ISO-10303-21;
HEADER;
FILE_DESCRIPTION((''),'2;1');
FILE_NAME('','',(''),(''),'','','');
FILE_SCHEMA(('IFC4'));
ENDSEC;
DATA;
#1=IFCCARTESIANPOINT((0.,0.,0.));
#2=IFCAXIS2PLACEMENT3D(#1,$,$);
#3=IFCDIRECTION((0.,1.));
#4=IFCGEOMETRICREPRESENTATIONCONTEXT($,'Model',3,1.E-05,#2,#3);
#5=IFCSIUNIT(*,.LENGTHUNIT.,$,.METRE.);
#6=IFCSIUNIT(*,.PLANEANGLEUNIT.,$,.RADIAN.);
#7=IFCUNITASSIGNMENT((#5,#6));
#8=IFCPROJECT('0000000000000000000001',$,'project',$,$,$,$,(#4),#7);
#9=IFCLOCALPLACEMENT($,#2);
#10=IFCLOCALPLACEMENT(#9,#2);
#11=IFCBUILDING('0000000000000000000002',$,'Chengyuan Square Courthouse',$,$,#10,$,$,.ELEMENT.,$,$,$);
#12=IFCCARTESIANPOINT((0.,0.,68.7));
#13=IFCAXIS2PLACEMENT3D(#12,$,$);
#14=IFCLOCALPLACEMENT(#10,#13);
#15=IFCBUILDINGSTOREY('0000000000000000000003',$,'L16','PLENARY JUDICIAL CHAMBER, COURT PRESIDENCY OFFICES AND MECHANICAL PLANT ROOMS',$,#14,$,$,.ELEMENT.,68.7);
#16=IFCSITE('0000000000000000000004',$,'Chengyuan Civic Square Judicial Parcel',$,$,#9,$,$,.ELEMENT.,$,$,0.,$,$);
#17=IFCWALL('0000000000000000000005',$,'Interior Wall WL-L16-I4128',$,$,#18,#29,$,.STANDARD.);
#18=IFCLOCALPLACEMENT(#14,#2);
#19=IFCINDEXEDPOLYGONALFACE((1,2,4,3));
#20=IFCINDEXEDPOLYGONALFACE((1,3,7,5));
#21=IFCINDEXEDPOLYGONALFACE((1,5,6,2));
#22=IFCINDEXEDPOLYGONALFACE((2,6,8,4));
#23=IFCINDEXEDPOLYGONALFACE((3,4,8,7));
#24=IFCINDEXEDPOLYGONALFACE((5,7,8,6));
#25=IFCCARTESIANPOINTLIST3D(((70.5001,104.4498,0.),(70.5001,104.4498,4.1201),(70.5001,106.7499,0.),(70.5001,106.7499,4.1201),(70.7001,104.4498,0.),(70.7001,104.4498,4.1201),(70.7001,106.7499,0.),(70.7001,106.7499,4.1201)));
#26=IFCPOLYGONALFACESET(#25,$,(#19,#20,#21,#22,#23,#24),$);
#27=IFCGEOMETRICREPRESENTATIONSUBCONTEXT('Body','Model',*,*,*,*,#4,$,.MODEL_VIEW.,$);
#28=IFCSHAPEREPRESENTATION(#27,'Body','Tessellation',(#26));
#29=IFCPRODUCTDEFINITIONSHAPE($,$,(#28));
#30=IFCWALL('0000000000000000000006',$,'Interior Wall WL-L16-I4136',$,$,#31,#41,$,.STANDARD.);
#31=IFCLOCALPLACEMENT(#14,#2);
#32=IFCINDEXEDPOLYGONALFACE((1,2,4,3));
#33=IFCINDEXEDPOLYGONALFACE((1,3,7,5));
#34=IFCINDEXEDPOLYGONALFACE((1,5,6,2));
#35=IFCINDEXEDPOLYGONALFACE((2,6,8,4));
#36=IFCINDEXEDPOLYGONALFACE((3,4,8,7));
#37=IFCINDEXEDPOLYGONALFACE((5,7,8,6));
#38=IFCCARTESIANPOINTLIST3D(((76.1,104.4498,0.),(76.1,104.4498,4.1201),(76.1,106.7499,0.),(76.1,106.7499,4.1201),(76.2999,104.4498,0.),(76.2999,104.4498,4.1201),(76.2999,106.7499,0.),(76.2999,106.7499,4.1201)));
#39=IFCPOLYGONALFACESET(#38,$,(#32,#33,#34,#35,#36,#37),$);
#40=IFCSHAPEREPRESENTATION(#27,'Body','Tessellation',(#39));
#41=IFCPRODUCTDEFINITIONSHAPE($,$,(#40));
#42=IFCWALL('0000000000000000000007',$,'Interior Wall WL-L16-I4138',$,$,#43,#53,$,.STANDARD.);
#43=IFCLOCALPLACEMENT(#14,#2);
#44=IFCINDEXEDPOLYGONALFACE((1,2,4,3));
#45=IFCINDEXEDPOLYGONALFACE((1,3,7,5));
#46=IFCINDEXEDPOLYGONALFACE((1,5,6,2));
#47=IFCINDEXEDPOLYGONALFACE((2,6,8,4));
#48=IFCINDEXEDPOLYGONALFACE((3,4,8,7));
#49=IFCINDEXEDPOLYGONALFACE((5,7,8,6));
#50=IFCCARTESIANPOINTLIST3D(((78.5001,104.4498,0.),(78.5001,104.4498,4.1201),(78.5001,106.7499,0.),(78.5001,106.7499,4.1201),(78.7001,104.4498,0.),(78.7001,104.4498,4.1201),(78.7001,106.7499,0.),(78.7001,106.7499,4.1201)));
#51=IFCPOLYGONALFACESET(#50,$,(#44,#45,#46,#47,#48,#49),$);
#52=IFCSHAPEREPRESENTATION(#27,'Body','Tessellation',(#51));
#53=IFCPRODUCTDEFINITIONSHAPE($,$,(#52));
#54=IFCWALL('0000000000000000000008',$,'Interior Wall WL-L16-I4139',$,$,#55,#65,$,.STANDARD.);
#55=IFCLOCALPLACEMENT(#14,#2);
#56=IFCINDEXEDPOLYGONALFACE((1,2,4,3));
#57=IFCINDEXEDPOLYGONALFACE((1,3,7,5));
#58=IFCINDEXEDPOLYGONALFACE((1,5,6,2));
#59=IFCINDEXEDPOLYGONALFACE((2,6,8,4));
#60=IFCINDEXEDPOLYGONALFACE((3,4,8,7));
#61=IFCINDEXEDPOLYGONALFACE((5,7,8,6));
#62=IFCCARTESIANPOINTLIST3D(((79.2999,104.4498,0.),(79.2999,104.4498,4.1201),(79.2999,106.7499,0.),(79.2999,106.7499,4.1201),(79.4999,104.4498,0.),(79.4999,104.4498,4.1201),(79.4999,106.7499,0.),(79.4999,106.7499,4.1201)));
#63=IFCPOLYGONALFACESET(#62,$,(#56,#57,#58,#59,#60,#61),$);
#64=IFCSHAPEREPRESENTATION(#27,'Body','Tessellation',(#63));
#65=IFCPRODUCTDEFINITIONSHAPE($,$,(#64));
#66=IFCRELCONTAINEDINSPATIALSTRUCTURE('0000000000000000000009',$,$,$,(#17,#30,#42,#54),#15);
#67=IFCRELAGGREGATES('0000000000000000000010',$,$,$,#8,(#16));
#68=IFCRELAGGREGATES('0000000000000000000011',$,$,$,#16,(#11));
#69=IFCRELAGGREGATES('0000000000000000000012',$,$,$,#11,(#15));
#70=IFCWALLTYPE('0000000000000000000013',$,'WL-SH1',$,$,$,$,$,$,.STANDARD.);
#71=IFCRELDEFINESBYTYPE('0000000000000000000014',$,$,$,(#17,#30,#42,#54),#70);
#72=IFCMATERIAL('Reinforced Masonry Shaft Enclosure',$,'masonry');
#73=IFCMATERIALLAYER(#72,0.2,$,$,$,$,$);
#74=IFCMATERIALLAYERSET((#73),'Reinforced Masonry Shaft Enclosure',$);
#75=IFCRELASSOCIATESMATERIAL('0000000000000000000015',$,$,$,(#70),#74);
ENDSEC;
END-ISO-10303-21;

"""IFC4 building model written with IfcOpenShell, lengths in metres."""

from ifc_helpers import new_model, si_unit, direction, frame, frame_2d, origin, place, context, subcontext, project, spatial, rectangle, extrude, material, layer, layer_set, type_object, element, save


model = new_model("IFC4")

# Units and contexts
model_context = context("Model", 3, precision=1e-05, world=origin(), true_north=direction((0.0, 1.0)))
body_context = subcontext(model_context, "Body", "Model", "MODEL_VIEW")
ifc_project = project(units=[si_unit("LENGTHUNIT", "METRE"), si_unit("PLANEANGLEUNIT", "RADIAN")], contexts=[model_context])

# Site, building, storey
site_placement = place(None, origin())
site = spatial("IfcSite", under=ifc_project, at=site_placement, Name="Chengyuan Civic Square Judicial Parcel", CompositionType="ELEMENT", RefElevation=0.0)
building_placement = place(site_placement, origin())
building = spatial("IfcBuilding", under=site, at=building_placement, Name="Chengyuan Square Courthouse", CompositionType="ELEMENT")
storey_placement = place(building_placement, frame((0.0, 0.0, 68.7)))
storey = spatial("IfcBuildingStorey", under=building, at=storey_placement, Name="L16", Description="PLENARY JUDICIAL CHAMBER, COURT PRESIDENCY OFFICES AND MECHANICAL PLANT ROOMS", CompositionType="ELEMENT", Elevation=68.7)

# Shared definitions
ifc_material_1 = material(Name="Reinforced Masonry Shaft Enclosure", Category="masonry")
ifc_layer_1 = layer(ifc_material_1, 0.2)
ifc_layer_set_1 = layer_set([ifc_layer_1], Name="Reinforced Masonry Shaft Enclosure")
wall_type_1 = type_object("IfcWallType", Name="WL-SH1", PredefinedType="STANDARD", material=ifc_layer_set_1)

# Walls
for number, where, z_axis, x_axis, name in (
    (1, (70.6001, 104.45, 0.0), (0.0, 0.0, 1.0), (0.0, 1.0, 0.0), "Interior Wall WL-L16-I4128"),
    (2, (76.2, 104.45, 0.0), (0.0, 0.0, 1.0), (0.0, 1.0, 0.0), "Interior Wall WL-L16-I4136"),
    (3, (78.6001, 104.45, 0.0), (0.0, 0.0, 1.0), (0.0, 1.0, 0.0), "Interior Wall WL-L16-I4138"),
    (4, (79.3999, 104.45, 0.0), (0.0, 0.0, 1.0), (0.0, 1.0, 0.0), "Interior Wall WL-L16-I4139"),
):
    element("IfcWall", number, at=place(storey_placement, frame(where, z_axis=z_axis, x_axis=x_axis)), inside=storey, type_object=wall_type_1, Name=name, PredefinedType="STANDARD", context=body_context, shape_type="SweptSolid", body=[
        extrude(rectangle(XDim=2.3, YDim=0.2, at=frame_2d((1.1499, 0.0))), origin(), (0.0, 0.0, 1.0), 4.1201),
    ])

save(model, "model.ifc")
